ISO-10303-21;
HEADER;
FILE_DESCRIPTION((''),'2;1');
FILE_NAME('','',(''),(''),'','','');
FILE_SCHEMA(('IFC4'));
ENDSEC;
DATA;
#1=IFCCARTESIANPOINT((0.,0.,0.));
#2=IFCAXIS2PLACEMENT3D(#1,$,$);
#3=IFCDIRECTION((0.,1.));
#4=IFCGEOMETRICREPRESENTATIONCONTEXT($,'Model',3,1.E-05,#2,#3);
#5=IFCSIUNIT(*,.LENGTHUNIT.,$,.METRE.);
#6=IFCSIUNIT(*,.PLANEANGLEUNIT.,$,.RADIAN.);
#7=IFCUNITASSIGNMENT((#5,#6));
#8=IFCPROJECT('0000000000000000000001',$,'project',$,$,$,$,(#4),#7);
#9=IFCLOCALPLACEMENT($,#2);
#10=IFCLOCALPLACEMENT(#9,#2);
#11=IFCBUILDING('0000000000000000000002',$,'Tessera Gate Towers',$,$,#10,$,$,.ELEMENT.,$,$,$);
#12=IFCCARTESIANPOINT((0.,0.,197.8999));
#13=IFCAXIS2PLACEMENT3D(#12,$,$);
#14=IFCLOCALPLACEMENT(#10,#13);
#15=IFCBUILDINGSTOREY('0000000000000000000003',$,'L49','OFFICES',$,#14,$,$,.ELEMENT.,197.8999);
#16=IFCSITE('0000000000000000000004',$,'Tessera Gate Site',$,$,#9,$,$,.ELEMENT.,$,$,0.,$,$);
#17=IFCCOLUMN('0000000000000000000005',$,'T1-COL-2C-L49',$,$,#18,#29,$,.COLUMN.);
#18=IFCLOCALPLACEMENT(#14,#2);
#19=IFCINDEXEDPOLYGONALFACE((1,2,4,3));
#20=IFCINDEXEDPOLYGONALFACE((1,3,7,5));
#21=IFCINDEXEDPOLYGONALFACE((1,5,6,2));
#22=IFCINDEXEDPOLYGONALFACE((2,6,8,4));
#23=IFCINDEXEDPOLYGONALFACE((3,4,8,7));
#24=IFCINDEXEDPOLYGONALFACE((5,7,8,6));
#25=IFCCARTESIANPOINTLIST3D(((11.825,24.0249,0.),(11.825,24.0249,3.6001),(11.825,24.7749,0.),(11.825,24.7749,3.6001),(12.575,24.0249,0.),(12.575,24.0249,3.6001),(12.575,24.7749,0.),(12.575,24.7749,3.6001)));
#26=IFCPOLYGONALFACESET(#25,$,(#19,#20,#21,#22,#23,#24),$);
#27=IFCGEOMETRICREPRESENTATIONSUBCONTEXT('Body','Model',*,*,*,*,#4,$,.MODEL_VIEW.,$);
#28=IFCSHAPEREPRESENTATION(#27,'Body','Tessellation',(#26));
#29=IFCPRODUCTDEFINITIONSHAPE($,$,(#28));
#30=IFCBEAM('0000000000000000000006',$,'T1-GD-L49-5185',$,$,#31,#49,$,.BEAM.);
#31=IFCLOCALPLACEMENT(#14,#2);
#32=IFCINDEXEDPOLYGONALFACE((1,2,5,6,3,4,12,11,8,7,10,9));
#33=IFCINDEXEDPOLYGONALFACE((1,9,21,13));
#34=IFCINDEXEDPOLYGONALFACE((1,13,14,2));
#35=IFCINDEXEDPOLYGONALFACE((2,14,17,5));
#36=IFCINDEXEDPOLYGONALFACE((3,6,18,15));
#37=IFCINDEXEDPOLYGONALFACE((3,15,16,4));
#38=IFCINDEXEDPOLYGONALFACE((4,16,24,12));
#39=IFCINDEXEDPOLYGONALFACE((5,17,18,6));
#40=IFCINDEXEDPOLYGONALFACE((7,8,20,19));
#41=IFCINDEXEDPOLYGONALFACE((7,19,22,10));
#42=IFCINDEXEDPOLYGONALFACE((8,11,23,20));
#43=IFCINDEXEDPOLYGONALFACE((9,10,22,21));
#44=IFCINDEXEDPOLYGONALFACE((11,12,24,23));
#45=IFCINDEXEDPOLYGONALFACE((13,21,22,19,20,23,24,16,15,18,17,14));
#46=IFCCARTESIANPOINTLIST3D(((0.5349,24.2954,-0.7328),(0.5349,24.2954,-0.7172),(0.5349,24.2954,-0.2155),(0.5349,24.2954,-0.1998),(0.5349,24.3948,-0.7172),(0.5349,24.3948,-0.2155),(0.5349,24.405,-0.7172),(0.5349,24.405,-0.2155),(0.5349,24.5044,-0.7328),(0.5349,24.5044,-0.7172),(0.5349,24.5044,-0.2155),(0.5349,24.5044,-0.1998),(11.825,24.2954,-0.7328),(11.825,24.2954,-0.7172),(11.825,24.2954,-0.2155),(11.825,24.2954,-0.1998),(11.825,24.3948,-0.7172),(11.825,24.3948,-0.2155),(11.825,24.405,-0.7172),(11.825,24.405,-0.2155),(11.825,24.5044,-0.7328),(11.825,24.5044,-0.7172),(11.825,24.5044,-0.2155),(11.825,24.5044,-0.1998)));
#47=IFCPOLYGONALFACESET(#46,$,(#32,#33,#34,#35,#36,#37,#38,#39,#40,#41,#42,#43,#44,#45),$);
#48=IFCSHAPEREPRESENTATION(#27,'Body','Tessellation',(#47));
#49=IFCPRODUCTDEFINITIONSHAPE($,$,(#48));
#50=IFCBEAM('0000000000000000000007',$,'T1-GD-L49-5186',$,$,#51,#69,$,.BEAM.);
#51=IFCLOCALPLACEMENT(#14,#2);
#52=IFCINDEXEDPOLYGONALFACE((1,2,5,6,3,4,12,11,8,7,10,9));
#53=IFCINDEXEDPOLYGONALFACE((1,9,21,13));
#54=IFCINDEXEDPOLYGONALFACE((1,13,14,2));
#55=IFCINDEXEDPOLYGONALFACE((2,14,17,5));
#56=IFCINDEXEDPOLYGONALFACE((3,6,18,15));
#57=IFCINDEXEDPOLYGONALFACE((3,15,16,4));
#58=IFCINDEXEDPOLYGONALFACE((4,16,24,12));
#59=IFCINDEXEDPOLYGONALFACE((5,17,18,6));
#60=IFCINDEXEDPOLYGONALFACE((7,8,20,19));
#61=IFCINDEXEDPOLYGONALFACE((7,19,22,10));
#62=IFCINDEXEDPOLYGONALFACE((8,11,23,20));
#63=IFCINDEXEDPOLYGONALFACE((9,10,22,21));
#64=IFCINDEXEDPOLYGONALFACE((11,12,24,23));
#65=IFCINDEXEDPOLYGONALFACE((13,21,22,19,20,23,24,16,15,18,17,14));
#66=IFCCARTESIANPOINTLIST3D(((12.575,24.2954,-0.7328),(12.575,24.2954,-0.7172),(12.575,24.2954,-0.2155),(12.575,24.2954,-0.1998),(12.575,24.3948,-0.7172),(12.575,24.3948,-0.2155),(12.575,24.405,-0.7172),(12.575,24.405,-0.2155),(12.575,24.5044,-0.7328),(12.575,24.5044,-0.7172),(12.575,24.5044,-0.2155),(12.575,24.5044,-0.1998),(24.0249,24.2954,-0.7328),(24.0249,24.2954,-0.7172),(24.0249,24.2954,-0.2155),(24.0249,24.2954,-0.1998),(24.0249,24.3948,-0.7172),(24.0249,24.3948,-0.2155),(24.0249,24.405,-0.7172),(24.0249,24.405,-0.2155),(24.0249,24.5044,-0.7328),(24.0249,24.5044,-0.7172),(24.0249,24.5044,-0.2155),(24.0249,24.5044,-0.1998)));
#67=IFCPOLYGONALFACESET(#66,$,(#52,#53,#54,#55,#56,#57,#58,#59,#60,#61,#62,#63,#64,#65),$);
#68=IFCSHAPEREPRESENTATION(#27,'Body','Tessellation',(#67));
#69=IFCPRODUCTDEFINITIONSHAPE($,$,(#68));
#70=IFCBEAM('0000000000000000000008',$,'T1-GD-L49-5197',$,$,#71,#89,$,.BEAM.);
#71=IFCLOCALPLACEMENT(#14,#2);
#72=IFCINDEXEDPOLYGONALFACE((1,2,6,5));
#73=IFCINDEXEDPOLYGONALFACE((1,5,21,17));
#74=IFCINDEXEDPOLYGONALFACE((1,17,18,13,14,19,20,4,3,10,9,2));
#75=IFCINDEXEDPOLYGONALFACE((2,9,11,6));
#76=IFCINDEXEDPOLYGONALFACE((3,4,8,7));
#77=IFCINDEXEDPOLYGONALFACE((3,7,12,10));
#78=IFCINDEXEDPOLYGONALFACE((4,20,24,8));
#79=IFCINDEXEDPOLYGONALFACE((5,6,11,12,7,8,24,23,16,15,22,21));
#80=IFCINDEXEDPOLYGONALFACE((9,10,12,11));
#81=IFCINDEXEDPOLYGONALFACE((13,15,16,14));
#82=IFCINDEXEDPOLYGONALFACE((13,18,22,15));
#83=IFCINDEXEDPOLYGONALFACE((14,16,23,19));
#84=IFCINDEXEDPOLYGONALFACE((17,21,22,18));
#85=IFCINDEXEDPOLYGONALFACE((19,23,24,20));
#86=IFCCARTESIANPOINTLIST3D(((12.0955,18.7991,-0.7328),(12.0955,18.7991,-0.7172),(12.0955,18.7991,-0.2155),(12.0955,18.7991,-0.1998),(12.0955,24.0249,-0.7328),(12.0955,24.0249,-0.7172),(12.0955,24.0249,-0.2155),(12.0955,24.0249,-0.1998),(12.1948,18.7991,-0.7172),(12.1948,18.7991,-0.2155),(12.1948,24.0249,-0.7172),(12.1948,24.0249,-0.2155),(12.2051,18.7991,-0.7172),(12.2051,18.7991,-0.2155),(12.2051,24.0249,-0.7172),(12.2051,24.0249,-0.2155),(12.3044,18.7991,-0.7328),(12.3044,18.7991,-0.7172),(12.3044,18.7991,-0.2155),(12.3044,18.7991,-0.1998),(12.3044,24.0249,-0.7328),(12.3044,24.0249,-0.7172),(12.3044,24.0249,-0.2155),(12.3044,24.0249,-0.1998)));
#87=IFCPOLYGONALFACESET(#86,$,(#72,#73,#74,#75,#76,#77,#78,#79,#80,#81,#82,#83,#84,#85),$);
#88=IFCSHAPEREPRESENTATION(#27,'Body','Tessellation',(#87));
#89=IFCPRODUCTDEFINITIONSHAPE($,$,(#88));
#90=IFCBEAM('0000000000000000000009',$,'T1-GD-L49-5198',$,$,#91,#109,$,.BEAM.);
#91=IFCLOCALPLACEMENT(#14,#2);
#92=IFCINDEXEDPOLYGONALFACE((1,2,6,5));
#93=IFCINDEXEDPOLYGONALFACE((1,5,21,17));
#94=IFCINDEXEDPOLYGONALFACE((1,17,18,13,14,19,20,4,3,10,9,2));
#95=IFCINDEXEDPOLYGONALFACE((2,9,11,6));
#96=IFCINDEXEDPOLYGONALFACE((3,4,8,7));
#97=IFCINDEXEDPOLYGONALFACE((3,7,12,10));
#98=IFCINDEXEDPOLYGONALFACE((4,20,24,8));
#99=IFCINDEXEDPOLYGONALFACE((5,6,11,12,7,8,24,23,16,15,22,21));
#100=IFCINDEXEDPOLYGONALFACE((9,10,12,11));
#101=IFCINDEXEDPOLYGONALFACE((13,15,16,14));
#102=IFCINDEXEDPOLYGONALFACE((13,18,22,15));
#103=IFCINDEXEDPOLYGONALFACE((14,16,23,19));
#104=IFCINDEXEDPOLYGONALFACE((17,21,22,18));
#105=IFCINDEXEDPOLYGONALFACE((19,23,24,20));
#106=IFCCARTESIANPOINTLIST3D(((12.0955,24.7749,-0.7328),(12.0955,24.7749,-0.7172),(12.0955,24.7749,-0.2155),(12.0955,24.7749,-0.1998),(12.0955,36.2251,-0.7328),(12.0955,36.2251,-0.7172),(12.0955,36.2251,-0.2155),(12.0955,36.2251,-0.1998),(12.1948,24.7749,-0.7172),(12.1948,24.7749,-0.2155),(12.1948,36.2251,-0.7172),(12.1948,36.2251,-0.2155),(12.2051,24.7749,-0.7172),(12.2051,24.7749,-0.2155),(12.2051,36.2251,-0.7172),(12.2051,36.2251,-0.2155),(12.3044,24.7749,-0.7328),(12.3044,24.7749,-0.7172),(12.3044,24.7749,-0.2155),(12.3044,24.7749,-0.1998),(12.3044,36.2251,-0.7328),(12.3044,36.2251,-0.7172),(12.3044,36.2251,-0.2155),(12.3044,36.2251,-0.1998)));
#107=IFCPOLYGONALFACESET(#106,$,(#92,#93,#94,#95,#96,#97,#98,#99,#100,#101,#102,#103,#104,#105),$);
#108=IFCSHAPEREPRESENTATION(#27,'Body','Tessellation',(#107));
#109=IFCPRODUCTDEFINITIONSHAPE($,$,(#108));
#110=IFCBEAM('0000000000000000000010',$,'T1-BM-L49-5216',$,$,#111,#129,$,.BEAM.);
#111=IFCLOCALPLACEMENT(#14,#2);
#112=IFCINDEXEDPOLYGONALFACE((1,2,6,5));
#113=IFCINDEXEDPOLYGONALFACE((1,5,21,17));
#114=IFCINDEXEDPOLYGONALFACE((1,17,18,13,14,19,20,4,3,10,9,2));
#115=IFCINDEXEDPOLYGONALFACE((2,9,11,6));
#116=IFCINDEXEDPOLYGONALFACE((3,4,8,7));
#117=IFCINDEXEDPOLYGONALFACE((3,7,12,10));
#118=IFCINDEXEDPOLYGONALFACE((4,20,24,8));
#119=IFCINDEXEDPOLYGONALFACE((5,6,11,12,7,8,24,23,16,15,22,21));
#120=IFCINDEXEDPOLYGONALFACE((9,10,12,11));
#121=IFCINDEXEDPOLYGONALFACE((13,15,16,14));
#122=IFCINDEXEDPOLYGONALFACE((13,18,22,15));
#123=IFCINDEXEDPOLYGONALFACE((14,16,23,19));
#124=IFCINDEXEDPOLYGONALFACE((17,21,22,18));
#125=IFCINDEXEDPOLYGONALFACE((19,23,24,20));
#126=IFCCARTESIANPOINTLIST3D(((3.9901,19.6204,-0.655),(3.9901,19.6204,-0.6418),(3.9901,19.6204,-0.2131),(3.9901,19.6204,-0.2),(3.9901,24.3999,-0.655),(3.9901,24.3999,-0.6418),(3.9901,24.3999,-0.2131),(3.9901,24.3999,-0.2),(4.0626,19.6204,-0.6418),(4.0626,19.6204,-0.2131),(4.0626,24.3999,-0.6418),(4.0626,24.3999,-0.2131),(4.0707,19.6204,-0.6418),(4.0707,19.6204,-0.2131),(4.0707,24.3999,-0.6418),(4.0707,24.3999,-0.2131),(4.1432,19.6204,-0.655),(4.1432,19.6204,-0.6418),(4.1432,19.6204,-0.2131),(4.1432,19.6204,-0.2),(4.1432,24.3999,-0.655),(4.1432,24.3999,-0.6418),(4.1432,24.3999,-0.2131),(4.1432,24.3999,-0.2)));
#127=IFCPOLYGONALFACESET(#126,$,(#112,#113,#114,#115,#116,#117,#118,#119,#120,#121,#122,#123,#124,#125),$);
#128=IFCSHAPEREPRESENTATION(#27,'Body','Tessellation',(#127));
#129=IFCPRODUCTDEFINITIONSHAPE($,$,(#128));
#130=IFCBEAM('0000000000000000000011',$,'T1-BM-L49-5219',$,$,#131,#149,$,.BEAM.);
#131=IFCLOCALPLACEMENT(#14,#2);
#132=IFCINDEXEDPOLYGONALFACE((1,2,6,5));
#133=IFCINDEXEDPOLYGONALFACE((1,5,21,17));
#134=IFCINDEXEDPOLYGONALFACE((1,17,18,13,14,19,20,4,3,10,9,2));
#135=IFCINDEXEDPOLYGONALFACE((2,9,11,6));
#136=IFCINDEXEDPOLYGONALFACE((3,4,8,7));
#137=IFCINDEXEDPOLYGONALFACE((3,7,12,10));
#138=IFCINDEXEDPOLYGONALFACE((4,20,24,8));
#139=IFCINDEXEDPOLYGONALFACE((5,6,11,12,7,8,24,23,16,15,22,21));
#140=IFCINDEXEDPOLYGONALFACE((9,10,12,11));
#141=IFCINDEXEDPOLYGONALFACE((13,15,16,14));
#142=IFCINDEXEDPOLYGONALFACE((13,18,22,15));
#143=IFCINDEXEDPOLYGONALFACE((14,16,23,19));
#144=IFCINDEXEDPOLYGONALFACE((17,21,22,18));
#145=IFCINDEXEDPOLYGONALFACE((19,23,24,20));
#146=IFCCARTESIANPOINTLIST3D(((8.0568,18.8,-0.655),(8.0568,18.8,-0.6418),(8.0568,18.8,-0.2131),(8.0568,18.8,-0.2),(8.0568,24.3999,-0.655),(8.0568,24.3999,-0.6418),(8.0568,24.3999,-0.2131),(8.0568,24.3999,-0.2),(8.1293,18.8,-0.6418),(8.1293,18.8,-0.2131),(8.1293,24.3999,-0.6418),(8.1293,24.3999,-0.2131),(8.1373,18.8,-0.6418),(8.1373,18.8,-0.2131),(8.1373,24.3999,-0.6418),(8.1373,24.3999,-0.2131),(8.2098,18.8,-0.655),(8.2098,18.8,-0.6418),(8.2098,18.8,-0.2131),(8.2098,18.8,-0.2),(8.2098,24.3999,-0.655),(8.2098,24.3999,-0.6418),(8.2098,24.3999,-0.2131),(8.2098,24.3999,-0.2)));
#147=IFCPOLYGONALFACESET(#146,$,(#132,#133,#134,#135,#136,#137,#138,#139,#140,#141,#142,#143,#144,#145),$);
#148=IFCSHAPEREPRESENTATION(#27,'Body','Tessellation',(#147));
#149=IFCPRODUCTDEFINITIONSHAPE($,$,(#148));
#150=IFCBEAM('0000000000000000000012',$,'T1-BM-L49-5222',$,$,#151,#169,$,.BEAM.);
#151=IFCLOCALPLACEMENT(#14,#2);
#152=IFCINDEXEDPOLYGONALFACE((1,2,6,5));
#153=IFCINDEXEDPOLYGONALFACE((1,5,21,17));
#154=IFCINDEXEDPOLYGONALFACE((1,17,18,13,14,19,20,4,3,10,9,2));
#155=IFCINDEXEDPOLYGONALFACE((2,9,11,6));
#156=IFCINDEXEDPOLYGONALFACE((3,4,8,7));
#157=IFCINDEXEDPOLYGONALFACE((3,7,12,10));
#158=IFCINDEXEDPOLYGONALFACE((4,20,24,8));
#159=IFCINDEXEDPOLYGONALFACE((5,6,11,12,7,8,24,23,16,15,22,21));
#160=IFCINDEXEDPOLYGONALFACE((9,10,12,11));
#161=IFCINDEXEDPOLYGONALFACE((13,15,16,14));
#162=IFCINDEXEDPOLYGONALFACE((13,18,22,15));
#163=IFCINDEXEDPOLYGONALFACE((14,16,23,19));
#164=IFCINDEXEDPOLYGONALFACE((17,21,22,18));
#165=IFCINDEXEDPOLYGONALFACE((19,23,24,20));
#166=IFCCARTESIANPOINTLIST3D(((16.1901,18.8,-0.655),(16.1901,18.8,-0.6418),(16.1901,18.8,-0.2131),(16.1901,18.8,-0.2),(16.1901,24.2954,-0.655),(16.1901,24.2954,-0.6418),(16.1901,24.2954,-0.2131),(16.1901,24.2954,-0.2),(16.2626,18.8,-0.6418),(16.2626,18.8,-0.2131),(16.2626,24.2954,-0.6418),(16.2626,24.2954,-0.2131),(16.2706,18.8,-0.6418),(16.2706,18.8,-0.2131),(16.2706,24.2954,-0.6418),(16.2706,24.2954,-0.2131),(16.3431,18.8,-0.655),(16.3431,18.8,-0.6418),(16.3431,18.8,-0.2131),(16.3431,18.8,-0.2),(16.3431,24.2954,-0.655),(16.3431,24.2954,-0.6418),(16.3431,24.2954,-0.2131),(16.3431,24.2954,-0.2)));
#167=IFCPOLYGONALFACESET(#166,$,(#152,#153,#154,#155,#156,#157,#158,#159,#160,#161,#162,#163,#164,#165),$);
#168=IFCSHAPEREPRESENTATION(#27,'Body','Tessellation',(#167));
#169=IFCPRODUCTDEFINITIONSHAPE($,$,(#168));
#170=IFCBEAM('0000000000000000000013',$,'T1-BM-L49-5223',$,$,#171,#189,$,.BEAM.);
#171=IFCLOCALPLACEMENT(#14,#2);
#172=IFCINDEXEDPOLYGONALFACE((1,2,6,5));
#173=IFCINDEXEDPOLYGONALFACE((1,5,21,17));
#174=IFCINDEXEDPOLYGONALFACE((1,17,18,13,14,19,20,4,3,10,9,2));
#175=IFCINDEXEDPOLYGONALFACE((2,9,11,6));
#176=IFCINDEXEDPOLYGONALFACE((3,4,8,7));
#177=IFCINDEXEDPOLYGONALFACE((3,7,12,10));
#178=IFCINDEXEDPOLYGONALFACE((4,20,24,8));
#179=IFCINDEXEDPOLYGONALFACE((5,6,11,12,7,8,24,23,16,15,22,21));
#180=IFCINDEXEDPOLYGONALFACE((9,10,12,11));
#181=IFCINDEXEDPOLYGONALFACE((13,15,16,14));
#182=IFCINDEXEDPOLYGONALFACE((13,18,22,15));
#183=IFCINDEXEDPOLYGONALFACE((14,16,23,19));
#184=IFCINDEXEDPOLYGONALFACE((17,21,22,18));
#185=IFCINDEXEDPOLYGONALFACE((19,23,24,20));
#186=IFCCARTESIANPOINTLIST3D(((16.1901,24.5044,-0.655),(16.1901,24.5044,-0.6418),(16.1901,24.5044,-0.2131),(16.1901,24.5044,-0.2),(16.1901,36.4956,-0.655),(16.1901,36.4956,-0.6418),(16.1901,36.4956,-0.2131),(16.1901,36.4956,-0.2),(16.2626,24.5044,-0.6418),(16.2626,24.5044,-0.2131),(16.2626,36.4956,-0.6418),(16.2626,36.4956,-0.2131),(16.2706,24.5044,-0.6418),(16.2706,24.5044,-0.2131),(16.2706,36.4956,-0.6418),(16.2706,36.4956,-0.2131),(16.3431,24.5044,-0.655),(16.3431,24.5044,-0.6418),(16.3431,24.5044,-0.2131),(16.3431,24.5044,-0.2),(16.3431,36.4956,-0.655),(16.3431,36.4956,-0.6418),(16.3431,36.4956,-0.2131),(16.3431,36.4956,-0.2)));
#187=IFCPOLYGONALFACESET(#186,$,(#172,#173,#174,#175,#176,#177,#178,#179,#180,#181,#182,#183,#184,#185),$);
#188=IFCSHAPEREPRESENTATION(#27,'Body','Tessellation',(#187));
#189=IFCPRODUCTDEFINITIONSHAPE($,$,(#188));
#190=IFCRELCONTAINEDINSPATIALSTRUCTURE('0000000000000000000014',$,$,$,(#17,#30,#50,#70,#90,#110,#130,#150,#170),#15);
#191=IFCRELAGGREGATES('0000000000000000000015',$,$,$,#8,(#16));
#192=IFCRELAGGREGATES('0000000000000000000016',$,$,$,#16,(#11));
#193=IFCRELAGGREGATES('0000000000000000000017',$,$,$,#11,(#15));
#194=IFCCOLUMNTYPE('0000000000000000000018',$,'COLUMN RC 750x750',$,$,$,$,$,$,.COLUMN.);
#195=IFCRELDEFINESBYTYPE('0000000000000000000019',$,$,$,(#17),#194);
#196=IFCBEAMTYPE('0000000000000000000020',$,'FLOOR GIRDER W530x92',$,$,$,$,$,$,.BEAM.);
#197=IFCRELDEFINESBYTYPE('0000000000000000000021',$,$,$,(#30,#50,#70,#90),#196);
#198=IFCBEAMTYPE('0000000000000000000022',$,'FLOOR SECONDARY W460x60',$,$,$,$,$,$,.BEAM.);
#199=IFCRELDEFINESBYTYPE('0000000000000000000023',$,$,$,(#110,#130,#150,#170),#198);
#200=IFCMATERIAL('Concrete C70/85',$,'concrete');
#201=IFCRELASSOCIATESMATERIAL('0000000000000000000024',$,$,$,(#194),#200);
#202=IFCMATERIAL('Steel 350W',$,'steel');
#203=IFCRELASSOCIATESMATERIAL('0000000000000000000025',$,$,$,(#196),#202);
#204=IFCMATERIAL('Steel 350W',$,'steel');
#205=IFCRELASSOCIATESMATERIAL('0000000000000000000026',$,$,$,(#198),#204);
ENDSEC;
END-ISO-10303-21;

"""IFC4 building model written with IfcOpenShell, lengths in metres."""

from ifc_helpers import new_model, si_unit, direction, frame, origin, origin_2d, place, context, subcontext, project, spatial, rectangle, i_section, extrude, material, material_profile, profile_set, type_object, element, save


model = new_model("IFC4")

# Units and contexts
model_context = context("Model", 3, precision=1e-05, world=origin(), true_north=direction((0.0, 1.0)))
body_context = subcontext(model_context, "Body", "Model", "MODEL_VIEW")
ifc_project = project(units=[si_unit("LENGTHUNIT", "METRE"), si_unit("PLANEANGLEUNIT", "RADIAN")], contexts=[model_context])

# Site, building, storey
site_placement = place(None, origin())
site = spatial("IfcSite", under=ifc_project, at=site_placement, Name="Tessera Gate Site", CompositionType="ELEMENT", RefElevation=0.0)
building_placement = place(site_placement, origin())
building = spatial("IfcBuilding", under=site, at=building_placement, Name="Tessera Gate Towers", CompositionType="ELEMENT")
storey_placement = place(building_placement, frame((0.0, 0.0, 197.8999)))
storey = spatial("IfcBuildingStorey", under=building, at=storey_placement, Name="L49", Description="OFFICES", CompositionType="ELEMENT", Elevation=197.8999)

# Column
ifc_material_1 = material(Name="Concrete C70/85", Category="concrete")
ifc_material_profile_1 = material_profile(ifc_material_1, rectangle(XDim=0.75, YDim=0.75, at=origin_2d()), Name="RC 750x750")
ifc_profile_set_1 = profile_set([ifc_material_profile_1], Name="Concrete C70/85")
column_type = type_object("IfcColumnType", Name="COLUMN RC 750x750", PredefinedType="COLUMN", material=ifc_profile_set_1)
column_placement = place(storey_placement, frame((12.2, 24.3999, 0.0), z_axis=(0.0, 0.0, 1.0), x_axis=(1.0, 0.0, 0.0)))
element("IfcColumn", 1, at=column_placement, inside=storey, type_object=column_type, Name="T1-COL-2C-L49", PredefinedType="COLUMN", context=body_context, shape_type="SweptSolid", body=[
    extrude(rectangle(XDim=0.75, YDim=0.75, at=origin_2d()), origin(), (0.0, 0.0, 1.0), 3.6001),
])

# Beams
ifc_material_2 = material(Name="Steel 350W", Category="steel")
ifc_material_profile_2 = material_profile(ifc_material_2, i_section(OverallWidth=0.209, OverallDepth=0.533, WebThickness=0.0103, FlangeThickness=0.0156, at=origin_2d()), Name="W530x92")
ifc_profile_set_2 = profile_set([ifc_material_profile_2], Name="Steel 350W")
beam_type_1 = type_object("IfcBeamType", Name="FLOOR GIRDER W530x92", PredefinedType="BEAM", material=ifc_profile_set_2)
beam_1_placement = place(storey_placement, frame((0.5349, 24.3999, -0.4663), z_axis=(1.0, 0.0, 0.0), x_axis=(0.0, 1.0, 0.0)))
element("IfcBeam", 2, at=beam_1_placement, inside=storey, type_object=beam_type_1, Name="T1-GD-L49-5185", PredefinedType="BEAM", context=body_context, shape_type="SweptSolid", body=[
    extrude(i_section(OverallWidth=0.209, OverallDepth=0.533, WebThickness=0.0103, FlangeThickness=0.0156, at=origin_2d()), origin(), (0.0, 0.0, 1.0), 11.29),
])
beam_2_placement = place(storey_placement, frame((12.575, 24.3999, -0.4663), z_axis=(1.0, 0.0, 0.0), x_axis=(0.0, 1.0, 0.0)))
element("IfcBeam", 3, at=beam_2_placement, inside=storey, type_object=beam_type_1, Name="T1-GD-L49-5186", PredefinedType="BEAM", context=body_context, shape_type="SweptSolid", body=[
    extrude(i_section(OverallWidth=0.209, OverallDepth=0.533, WebThickness=0.0103, FlangeThickness=0.0156, at=origin_2d()), origin(), (0.0, 0.0, 1.0), 11.45),
])
beam_3_placement = place(storey_placement, frame((12.2, 18.7991, -0.4663), z_axis=(0.0, 1.0, 0.0), x_axis=(-1.0, 0.0, 0.0)))
element("IfcBeam", 4, at=beam_3_placement, inside=storey, type_object=beam_type_1, Name="T1-GD-L49-5197", PredefinedType="BEAM", context=body_context, shape_type="SweptSolid", body=[
    extrude(i_section(OverallWidth=0.209, OverallDepth=0.533, WebThickness=0.0103, FlangeThickness=0.0156, at=origin_2d()), origin(), (0.0, 0.0, 1.0), 5.2258),
])
beam_4_placement = place(storey_placement, frame((12.2, 24.7749, -0.4663), z_axis=(0.0, 1.0, 0.0), x_axis=(-1.0, 0.0, 0.0)))
element("IfcBeam", 5, at=beam_4_placement, inside=storey, type_object=beam_type_1, Name="T1-GD-L49-5198", PredefinedType="BEAM", context=body_context, shape_type="SweptSolid", body=[
    extrude(i_section(OverallWidth=0.209, OverallDepth=0.533, WebThickness=0.0103, FlangeThickness=0.0156, at=origin_2d()), origin(), (0.0, 0.0, 1.0), 11.4502),
])
ifc_material_3 = material(Name="Steel 350W", Category="steel")
ifc_material_profile_3 = material_profile(ifc_material_3, i_section(OverallWidth=0.1531, OverallDepth=0.4551, WebThickness=0.0081, FlangeThickness=0.0132, at=origin_2d()), Name="W460x60")
ifc_profile_set_3 = profile_set([ifc_material_profile_3], Name="Steel 350W")
beam_type_2 = type_object("IfcBeamType", Name="FLOOR SECONDARY W460x60", PredefinedType="BEAM", material=ifc_profile_set_3)
beam_5_placement = place(storey_placement, frame((4.0667, 19.6204, -0.4275), z_axis=(0.0, 1.0, 0.0), x_axis=(-1.0, 0.0, 0.0)))
element("IfcBeam", 6, at=beam_5_placement, inside=storey, type_object=beam_type_2, Name="T1-BM-L49-5216", PredefinedType="BEAM", context=body_context, shape_type="SweptSolid", body=[
    extrude(i_section(OverallWidth=0.1531, OverallDepth=0.4551, WebThickness=0.0081, FlangeThickness=0.0132, at=origin_2d()), origin(), (0.0, 0.0, 1.0), 4.7795),
])
beam_6_placement = place(storey_placement, frame((8.1333, 18.8, -0.4275), z_axis=(0.0, 1.0, 0.0), x_axis=(-1.0, 0.0, 0.0)))
element("IfcBeam", 7, at=beam_6_placement, inside=storey, type_object=beam_type_2, Name="T1-BM-L49-5219", PredefinedType="BEAM", context=body_context, shape_type="SweptSolid", body=[
    extrude(i_section(OverallWidth=0.1531, OverallDepth=0.4551, WebThickness=0.0081, FlangeThickness=0.0132, at=origin_2d()), origin(), (0.0, 0.0, 1.0), 5.5999),
])
beam_7_placement = place(storey_placement, frame((16.2666, 18.8, -0.4275), z_axis=(0.0, 1.0, 0.0), x_axis=(-1.0, 0.0, 0.0)))
element("IfcBeam", 8, at=beam_7_placement, inside=storey, type_object=beam_type_2, Name="T1-BM-L49-5222", PredefinedType="BEAM", context=body_context, shape_type="SweptSolid", body=[
    extrude(i_section(OverallWidth=0.1531, OverallDepth=0.4551, WebThickness=0.0081, FlangeThickness=0.0132, at=origin_2d()), origin(), (0.0, 0.0, 1.0), 5.4954),
])
beam_8_placement = place(storey_placement, frame((16.2666, 24.5044, -0.4275), z_axis=(0.0, 1.0, 0.0), x_axis=(-1.0, 0.0, 0.0)))
element("IfcBeam", 9, at=beam_8_placement, inside=storey, type_object=beam_type_2, Name="T1-BM-L49-5223", PredefinedType="BEAM", context=body_context, shape_type="SweptSolid", body=[
    extrude(i_section(OverallWidth=0.1531, OverallDepth=0.4551, WebThickness=0.0081, FlangeThickness=0.0132, at=origin_2d()), origin(), (0.0, 0.0, 1.0), 11.9912),
])

save(model, "model.ifc")
